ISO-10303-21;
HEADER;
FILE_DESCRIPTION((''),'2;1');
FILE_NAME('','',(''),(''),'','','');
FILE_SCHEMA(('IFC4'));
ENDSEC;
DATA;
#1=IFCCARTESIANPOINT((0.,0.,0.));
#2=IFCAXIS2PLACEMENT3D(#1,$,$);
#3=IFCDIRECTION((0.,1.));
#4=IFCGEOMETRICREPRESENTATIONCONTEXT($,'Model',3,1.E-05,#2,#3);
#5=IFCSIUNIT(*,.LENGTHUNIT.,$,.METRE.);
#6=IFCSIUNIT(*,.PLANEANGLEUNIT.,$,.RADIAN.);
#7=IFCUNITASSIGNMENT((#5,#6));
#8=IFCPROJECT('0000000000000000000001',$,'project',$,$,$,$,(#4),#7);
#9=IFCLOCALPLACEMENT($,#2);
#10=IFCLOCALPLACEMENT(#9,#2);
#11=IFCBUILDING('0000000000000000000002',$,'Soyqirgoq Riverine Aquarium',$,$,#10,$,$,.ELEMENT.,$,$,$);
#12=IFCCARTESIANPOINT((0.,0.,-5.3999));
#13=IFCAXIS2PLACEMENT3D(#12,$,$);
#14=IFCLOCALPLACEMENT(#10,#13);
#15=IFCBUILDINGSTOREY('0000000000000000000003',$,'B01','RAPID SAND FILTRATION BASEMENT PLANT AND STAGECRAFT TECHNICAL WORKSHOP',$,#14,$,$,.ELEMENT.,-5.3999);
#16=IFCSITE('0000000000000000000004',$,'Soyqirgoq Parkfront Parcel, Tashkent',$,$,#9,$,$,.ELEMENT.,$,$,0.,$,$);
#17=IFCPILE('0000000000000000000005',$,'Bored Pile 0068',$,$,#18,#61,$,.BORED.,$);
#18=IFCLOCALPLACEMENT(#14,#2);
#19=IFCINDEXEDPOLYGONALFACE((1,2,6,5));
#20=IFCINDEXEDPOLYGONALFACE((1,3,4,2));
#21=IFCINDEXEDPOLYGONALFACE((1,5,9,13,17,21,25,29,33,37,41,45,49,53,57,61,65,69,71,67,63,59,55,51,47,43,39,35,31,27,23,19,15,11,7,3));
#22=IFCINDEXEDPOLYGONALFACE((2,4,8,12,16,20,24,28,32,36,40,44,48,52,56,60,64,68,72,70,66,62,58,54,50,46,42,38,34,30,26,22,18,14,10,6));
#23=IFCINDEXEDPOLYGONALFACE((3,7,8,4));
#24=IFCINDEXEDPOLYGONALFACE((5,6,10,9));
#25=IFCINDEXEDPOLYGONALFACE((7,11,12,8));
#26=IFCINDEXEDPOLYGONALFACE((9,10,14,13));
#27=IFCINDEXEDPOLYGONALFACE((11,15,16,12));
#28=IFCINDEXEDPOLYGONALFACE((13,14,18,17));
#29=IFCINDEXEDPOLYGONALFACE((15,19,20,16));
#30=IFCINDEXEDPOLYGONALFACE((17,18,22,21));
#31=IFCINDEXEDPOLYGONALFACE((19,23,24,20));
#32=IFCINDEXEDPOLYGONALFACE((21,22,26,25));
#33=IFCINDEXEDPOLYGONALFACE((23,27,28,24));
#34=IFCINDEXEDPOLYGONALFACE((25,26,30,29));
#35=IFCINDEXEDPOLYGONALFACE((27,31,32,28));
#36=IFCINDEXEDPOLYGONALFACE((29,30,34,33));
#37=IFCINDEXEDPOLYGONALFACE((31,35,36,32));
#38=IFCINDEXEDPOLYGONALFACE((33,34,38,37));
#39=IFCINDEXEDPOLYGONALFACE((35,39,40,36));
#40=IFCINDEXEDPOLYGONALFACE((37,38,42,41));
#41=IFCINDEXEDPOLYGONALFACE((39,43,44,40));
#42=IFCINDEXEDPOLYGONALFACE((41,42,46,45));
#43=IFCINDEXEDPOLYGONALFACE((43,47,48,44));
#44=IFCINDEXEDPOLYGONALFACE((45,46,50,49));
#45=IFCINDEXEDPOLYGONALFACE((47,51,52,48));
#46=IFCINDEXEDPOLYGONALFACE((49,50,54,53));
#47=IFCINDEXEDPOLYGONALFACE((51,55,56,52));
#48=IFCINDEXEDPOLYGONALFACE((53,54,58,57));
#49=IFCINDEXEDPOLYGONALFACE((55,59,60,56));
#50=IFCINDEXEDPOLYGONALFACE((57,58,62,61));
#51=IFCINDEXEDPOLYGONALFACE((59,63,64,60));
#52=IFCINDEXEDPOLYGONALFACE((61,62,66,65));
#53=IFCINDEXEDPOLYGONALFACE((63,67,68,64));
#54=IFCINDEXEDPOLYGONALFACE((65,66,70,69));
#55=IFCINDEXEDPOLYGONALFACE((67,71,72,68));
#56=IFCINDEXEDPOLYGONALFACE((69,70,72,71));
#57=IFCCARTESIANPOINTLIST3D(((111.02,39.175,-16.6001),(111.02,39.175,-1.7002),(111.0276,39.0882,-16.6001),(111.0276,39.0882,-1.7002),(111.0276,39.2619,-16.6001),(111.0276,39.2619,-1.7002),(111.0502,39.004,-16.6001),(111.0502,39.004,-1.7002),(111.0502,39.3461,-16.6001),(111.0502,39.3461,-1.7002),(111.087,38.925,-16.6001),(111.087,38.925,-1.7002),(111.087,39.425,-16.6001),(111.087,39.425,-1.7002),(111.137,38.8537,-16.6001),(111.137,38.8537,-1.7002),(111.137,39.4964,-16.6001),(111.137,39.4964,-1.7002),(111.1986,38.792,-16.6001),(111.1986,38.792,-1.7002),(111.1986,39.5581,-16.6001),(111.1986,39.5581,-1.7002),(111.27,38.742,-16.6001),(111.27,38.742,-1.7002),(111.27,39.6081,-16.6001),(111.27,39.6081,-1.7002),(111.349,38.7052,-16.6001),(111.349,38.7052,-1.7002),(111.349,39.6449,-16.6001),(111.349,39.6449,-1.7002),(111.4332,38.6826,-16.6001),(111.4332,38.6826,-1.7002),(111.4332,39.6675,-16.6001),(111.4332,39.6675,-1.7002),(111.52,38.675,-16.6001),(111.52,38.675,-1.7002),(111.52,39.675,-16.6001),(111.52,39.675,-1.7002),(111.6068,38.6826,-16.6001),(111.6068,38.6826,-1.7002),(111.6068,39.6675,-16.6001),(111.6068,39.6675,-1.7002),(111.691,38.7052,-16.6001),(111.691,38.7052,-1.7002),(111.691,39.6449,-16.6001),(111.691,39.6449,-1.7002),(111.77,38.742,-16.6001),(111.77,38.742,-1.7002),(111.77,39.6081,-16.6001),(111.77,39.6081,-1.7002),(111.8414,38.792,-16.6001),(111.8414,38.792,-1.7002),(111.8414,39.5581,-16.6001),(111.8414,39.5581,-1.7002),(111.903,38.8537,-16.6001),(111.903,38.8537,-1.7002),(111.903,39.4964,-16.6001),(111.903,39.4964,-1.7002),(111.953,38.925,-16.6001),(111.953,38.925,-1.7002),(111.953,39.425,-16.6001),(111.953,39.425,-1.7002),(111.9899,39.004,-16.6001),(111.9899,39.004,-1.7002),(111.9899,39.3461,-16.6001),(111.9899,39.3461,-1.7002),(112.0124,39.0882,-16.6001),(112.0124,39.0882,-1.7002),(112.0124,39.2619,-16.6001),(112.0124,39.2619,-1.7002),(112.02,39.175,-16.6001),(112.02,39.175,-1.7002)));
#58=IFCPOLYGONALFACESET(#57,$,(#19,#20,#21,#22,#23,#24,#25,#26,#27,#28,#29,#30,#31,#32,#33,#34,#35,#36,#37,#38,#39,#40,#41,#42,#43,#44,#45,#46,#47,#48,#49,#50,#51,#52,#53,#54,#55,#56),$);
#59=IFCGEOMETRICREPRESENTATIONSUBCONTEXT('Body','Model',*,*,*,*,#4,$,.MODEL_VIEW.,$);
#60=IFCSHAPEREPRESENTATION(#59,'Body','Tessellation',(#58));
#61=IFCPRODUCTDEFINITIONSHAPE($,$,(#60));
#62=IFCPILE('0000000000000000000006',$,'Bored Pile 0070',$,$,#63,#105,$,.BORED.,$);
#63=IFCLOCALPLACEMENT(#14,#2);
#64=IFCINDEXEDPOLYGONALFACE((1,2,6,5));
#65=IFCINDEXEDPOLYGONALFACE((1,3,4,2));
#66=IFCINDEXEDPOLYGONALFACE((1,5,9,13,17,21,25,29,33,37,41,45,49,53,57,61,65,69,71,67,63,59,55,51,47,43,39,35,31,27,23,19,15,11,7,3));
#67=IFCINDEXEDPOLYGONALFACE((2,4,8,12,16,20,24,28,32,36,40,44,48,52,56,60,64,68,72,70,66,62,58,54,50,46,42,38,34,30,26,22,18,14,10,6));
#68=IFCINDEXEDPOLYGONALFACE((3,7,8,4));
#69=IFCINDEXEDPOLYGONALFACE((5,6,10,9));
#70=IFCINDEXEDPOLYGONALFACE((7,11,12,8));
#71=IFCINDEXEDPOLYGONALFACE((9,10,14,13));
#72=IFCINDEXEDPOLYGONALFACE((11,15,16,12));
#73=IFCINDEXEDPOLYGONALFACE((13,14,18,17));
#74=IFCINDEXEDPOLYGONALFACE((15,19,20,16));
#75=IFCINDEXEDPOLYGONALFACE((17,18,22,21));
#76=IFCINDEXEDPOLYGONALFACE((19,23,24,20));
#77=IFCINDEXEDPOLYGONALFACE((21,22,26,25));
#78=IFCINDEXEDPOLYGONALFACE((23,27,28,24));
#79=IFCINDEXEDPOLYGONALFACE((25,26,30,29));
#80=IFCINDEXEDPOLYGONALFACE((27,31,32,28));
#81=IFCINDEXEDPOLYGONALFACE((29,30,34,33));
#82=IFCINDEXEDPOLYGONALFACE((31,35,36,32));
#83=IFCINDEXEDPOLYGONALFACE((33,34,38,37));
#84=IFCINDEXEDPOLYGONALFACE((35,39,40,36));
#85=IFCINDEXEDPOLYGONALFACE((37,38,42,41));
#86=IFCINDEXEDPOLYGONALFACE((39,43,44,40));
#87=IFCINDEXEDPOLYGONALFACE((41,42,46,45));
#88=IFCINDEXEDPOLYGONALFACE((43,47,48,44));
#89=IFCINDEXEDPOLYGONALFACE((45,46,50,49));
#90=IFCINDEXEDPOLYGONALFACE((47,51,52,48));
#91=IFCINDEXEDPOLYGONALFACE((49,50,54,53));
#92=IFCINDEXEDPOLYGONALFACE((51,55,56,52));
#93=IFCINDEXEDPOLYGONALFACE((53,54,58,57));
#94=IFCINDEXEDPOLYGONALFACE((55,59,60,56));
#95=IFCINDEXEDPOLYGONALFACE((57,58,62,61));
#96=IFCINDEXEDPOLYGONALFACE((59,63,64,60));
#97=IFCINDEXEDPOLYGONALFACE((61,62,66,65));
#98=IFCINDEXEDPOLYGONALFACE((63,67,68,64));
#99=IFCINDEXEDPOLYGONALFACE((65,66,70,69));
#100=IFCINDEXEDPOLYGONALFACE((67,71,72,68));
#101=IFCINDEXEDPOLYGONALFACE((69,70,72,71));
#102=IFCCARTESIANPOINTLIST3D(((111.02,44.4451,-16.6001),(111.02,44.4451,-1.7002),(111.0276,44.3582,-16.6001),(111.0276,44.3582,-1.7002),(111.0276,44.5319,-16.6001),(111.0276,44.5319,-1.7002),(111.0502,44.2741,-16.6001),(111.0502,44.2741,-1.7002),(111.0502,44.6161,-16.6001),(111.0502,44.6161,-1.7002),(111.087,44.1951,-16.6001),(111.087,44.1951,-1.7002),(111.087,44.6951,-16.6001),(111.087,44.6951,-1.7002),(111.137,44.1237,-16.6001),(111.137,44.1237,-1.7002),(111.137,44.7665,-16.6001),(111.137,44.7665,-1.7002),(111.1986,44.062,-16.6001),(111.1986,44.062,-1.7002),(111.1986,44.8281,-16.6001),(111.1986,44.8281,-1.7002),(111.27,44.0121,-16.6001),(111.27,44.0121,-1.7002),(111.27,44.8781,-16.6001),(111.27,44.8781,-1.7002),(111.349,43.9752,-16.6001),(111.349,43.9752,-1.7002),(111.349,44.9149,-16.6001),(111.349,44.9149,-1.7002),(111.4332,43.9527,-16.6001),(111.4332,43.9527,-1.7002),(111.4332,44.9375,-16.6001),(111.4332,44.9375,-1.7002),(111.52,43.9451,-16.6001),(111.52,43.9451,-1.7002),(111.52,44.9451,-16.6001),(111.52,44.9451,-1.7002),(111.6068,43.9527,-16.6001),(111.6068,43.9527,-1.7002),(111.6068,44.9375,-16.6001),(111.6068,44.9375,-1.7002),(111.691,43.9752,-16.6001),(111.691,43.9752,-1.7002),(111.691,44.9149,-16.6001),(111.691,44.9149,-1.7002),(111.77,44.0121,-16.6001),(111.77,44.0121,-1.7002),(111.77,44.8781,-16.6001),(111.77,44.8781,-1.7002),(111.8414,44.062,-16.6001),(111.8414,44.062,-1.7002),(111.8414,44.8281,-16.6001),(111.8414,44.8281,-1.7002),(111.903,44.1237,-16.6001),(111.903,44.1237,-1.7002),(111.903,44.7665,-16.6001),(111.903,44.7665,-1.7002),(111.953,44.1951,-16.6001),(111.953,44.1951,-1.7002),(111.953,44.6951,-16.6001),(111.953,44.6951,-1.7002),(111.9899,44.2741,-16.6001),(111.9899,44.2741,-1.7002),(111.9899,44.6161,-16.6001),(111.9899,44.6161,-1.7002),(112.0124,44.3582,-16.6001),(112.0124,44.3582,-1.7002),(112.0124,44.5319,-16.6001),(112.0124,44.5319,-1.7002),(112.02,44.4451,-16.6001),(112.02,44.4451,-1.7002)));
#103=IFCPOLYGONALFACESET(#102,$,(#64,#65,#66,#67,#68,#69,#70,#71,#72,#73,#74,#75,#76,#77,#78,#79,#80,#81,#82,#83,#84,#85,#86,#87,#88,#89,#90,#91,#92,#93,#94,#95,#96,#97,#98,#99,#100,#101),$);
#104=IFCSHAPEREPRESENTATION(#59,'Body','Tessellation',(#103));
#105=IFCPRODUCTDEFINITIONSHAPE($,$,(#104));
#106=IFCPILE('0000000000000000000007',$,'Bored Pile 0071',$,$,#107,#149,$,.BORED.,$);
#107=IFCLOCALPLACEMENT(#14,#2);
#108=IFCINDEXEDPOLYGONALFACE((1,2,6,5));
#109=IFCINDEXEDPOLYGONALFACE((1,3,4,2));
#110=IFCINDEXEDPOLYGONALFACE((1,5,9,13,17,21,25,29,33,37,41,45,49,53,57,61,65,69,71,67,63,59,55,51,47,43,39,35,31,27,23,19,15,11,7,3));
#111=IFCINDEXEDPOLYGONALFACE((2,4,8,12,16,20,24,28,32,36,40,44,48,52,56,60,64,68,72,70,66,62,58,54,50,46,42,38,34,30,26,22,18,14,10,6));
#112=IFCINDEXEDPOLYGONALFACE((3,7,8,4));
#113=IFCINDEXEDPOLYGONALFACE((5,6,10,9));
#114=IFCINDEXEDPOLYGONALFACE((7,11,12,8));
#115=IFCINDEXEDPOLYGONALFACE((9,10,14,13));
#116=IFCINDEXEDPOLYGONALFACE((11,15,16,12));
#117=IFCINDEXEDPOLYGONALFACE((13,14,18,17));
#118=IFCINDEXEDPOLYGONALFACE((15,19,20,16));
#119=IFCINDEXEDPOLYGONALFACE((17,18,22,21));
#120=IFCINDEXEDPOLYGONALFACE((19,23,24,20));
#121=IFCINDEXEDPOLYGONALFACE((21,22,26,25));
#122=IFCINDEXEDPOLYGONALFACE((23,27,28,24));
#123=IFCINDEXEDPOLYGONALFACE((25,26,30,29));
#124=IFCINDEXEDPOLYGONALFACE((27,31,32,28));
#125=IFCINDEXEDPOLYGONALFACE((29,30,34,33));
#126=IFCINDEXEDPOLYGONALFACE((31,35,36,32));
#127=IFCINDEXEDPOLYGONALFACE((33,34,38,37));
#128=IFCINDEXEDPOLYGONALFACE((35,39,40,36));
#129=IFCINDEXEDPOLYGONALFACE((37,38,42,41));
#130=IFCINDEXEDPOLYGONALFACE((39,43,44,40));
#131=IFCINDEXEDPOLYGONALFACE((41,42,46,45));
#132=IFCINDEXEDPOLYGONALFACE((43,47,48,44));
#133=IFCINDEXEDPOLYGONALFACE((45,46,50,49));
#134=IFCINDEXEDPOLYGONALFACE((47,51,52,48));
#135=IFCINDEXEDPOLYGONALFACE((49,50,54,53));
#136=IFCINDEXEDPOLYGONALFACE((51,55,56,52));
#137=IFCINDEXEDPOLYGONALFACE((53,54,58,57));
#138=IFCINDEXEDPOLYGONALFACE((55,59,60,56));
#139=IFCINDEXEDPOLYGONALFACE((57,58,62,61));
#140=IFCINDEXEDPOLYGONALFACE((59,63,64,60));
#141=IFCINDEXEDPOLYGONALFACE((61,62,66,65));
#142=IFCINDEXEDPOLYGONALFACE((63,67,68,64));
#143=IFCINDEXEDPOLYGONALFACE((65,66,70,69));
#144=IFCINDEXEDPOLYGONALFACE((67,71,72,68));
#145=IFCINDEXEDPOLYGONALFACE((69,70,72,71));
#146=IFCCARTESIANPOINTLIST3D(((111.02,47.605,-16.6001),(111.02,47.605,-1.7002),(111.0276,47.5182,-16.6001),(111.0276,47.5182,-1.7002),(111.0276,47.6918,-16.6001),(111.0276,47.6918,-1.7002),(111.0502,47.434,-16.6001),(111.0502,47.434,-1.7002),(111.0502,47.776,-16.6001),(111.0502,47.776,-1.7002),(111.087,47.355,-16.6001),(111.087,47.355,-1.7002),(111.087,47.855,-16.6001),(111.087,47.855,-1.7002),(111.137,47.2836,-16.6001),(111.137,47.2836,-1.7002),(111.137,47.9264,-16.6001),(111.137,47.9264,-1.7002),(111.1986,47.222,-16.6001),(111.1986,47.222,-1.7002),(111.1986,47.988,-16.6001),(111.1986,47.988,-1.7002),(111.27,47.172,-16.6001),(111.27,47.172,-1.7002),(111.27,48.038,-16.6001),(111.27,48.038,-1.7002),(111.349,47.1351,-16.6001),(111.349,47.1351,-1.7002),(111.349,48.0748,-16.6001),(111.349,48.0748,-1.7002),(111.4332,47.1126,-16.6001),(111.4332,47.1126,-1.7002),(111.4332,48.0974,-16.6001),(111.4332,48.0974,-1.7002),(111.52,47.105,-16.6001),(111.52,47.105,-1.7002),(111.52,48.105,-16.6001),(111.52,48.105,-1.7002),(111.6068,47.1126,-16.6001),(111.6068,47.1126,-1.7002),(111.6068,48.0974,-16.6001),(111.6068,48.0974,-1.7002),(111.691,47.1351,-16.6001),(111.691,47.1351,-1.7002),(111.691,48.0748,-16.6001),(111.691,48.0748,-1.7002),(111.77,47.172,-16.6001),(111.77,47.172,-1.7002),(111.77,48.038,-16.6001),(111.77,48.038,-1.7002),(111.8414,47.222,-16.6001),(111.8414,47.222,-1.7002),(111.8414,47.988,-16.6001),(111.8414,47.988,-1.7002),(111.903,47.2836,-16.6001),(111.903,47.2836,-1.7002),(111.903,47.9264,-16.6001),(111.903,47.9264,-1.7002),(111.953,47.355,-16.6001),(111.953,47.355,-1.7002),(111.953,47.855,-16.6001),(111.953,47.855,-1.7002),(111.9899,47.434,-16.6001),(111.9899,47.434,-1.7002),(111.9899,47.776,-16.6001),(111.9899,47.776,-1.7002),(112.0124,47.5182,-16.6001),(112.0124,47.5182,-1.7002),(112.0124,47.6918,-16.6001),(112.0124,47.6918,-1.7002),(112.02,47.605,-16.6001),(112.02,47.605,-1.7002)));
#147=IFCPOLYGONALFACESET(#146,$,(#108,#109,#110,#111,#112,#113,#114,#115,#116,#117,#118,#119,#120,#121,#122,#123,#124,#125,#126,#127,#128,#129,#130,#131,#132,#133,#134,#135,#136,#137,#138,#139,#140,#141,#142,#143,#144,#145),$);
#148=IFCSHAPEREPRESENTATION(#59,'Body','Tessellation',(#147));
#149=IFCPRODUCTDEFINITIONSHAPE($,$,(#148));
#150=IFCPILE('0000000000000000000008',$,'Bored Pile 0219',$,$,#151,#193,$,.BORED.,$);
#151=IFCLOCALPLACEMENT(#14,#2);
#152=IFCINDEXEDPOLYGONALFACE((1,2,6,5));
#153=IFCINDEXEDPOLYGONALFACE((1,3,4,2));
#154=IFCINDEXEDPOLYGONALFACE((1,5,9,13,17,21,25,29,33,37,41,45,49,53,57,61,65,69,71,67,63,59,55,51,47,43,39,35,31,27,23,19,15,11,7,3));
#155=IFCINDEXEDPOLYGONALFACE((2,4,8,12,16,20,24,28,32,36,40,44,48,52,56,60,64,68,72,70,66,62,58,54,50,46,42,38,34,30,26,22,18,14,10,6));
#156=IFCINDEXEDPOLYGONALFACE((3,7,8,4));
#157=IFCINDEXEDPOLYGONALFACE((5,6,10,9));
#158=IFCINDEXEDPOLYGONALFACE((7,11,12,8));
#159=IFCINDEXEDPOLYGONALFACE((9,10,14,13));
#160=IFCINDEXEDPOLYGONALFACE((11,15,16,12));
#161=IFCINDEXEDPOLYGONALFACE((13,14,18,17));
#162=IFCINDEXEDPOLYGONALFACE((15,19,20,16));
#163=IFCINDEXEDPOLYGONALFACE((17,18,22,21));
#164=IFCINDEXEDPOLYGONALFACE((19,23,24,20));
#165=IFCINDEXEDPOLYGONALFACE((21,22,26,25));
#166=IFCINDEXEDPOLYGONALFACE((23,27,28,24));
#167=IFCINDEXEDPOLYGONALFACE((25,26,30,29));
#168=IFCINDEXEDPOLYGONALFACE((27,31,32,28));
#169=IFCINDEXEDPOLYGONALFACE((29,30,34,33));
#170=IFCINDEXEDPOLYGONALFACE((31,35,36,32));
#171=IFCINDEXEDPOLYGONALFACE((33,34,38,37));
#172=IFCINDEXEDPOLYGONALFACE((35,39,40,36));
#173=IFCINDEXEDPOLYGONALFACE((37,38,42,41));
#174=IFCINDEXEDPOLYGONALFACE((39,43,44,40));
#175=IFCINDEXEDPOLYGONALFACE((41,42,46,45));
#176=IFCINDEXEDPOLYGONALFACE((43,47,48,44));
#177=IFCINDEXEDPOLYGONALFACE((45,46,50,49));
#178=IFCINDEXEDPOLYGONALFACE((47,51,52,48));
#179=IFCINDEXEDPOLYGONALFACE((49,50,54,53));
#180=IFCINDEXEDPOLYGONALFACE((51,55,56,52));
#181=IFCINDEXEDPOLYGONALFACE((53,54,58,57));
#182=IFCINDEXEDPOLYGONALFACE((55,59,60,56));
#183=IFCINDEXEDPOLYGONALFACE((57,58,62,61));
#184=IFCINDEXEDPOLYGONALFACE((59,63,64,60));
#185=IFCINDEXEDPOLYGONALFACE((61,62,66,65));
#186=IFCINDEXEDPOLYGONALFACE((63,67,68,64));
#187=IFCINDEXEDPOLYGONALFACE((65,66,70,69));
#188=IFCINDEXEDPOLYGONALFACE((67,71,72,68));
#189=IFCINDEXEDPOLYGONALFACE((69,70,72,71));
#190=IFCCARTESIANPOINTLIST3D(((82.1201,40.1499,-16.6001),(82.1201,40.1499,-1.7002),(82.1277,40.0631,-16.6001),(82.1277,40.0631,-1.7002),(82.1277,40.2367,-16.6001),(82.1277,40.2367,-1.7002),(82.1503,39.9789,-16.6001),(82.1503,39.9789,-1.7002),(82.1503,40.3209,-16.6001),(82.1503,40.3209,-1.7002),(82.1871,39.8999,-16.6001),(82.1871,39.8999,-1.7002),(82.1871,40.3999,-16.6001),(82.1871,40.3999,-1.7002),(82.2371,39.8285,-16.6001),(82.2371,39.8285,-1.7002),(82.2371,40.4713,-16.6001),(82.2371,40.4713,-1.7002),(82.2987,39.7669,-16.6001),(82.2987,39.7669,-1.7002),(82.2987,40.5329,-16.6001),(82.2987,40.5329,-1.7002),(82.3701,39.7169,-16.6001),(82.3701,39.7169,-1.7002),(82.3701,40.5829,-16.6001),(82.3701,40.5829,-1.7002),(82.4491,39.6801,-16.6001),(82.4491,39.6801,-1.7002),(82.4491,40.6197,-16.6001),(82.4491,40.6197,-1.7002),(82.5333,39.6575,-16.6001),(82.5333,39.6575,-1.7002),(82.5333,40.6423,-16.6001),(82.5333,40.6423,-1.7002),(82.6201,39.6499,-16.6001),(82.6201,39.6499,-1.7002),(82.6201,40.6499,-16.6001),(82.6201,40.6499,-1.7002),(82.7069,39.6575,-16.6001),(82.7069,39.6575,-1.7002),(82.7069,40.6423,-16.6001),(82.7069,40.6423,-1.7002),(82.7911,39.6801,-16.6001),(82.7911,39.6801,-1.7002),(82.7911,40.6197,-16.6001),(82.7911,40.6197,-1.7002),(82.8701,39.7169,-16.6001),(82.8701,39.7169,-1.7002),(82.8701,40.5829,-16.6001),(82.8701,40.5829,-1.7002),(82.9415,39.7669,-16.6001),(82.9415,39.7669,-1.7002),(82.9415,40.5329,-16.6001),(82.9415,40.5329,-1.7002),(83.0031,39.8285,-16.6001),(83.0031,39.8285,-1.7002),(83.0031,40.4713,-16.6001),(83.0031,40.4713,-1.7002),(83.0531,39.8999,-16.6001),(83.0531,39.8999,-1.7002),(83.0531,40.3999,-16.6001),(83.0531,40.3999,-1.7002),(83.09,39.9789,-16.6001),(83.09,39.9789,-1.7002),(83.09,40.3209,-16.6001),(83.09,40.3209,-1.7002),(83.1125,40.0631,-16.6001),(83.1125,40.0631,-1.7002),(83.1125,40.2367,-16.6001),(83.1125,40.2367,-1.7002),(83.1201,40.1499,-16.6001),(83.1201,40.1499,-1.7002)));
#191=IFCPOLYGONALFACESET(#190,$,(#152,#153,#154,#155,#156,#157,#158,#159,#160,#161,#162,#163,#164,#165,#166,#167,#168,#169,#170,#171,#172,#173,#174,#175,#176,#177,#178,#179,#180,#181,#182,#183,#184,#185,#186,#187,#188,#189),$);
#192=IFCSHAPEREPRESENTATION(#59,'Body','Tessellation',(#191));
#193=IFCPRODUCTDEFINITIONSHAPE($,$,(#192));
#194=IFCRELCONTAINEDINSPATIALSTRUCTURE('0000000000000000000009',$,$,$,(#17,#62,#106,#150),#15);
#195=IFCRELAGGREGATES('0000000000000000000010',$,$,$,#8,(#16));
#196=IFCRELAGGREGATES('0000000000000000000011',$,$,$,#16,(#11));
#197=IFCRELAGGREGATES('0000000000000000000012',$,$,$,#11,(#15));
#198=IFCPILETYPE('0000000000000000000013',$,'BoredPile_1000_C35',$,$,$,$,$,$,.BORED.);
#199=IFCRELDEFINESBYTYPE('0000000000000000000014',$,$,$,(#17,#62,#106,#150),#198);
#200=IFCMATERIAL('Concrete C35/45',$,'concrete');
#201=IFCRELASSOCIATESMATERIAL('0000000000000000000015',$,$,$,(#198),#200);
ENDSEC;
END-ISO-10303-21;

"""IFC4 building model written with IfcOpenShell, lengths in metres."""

from ifc_helpers import new_model, si_unit, direction, frame, origin, origin_2d, place, context, subcontext, project, spatial, circle, extrude, material, material_profile, profile_set, type_object, element, save


model = new_model("IFC4")

# Units and contexts
model_context = context("Model", 3, precision=1e-05, world=origin(), true_north=direction((0.0, 1.0)))
body_context = subcontext(model_context, "Body", "Model", "MODEL_VIEW")
ifc_project = project(units=[si_unit("LENGTHUNIT", "METRE"), si_unit("PLANEANGLEUNIT", "RADIAN")], contexts=[model_context])

# Site, building, storey
site_placement = place(None, origin())
site = spatial("IfcSite", under=ifc_project, at=site_placement, Name="Soyqirgoq Parkfront Parcel, Tashkent", CompositionType="ELEMENT", RefElevation=0.0)
building_placement = place(site_placement, origin())
building = spatial("IfcBuilding", under=site, at=building_placement, Name="Soyqirgoq Riverine Aquarium", CompositionType="ELEMENT")
storey_placement = place(building_placement, frame((0.0, 0.0, -5.3999)))
storey = spatial("IfcBuildingStorey", under=building, at=storey_placement, Name="B01", Description="RAPID SAND FILTRATION BASEMENT PLANT AND STAGECRAFT TECHNICAL WORKSHOP", CompositionType="ELEMENT", Elevation=-5.3999)

# Piles
ifc_material_1 = material(Name="Concrete C35/45", Category="concrete")
ifc_material_profile_1 = material_profile(ifc_material_1, circle(Radius=0.5, at=origin_2d()), Name="BP D1000")
ifc_profile_set_1 = profile_set([ifc_material_profile_1], Name="Concrete C35/45")
pile_type_1 = type_object("IfcPileType", Name="BoredPile_1000_C35", PredefinedType="BORED", material=ifc_profile_set_1)
for number, where, z_axis, x_axis, name in (
    (1, (111.52, 39.175, -1.7002), (0.0, 0.0, -1.0), (1.0, 0.0, 0.0), "Bored Pile 0068"),
    (2, (111.52, 44.4451, -1.7002), (0.0, 0.0, -1.0), (1.0, 0.0, 0.0), "Bored Pile 0070"),
    (3, (111.52, 47.605, -1.7002), (0.0, 0.0, -1.0), (1.0, 0.0, 0.0), "Bored Pile 0071"),
    (4, (82.6201, 40.1499, -1.7002), (0.0, 0.0, -1.0), (1.0, 0.0, 0.0), "Bored Pile 0219"),
):
    element("IfcPile", number, at=place(storey_placement, frame(where, z_axis=z_axis, x_axis=x_axis)), inside=storey, type_object=pile_type_1, Name=name, PredefinedType="BORED", context=body_context, shape_type="SweptSolid", body=[
        extrude(circle(Radius=0.5, at=origin_2d()), origin(), (0.0, 0.0, 1.0), 14.8999),
    ])

save(model, "model.ifc")
